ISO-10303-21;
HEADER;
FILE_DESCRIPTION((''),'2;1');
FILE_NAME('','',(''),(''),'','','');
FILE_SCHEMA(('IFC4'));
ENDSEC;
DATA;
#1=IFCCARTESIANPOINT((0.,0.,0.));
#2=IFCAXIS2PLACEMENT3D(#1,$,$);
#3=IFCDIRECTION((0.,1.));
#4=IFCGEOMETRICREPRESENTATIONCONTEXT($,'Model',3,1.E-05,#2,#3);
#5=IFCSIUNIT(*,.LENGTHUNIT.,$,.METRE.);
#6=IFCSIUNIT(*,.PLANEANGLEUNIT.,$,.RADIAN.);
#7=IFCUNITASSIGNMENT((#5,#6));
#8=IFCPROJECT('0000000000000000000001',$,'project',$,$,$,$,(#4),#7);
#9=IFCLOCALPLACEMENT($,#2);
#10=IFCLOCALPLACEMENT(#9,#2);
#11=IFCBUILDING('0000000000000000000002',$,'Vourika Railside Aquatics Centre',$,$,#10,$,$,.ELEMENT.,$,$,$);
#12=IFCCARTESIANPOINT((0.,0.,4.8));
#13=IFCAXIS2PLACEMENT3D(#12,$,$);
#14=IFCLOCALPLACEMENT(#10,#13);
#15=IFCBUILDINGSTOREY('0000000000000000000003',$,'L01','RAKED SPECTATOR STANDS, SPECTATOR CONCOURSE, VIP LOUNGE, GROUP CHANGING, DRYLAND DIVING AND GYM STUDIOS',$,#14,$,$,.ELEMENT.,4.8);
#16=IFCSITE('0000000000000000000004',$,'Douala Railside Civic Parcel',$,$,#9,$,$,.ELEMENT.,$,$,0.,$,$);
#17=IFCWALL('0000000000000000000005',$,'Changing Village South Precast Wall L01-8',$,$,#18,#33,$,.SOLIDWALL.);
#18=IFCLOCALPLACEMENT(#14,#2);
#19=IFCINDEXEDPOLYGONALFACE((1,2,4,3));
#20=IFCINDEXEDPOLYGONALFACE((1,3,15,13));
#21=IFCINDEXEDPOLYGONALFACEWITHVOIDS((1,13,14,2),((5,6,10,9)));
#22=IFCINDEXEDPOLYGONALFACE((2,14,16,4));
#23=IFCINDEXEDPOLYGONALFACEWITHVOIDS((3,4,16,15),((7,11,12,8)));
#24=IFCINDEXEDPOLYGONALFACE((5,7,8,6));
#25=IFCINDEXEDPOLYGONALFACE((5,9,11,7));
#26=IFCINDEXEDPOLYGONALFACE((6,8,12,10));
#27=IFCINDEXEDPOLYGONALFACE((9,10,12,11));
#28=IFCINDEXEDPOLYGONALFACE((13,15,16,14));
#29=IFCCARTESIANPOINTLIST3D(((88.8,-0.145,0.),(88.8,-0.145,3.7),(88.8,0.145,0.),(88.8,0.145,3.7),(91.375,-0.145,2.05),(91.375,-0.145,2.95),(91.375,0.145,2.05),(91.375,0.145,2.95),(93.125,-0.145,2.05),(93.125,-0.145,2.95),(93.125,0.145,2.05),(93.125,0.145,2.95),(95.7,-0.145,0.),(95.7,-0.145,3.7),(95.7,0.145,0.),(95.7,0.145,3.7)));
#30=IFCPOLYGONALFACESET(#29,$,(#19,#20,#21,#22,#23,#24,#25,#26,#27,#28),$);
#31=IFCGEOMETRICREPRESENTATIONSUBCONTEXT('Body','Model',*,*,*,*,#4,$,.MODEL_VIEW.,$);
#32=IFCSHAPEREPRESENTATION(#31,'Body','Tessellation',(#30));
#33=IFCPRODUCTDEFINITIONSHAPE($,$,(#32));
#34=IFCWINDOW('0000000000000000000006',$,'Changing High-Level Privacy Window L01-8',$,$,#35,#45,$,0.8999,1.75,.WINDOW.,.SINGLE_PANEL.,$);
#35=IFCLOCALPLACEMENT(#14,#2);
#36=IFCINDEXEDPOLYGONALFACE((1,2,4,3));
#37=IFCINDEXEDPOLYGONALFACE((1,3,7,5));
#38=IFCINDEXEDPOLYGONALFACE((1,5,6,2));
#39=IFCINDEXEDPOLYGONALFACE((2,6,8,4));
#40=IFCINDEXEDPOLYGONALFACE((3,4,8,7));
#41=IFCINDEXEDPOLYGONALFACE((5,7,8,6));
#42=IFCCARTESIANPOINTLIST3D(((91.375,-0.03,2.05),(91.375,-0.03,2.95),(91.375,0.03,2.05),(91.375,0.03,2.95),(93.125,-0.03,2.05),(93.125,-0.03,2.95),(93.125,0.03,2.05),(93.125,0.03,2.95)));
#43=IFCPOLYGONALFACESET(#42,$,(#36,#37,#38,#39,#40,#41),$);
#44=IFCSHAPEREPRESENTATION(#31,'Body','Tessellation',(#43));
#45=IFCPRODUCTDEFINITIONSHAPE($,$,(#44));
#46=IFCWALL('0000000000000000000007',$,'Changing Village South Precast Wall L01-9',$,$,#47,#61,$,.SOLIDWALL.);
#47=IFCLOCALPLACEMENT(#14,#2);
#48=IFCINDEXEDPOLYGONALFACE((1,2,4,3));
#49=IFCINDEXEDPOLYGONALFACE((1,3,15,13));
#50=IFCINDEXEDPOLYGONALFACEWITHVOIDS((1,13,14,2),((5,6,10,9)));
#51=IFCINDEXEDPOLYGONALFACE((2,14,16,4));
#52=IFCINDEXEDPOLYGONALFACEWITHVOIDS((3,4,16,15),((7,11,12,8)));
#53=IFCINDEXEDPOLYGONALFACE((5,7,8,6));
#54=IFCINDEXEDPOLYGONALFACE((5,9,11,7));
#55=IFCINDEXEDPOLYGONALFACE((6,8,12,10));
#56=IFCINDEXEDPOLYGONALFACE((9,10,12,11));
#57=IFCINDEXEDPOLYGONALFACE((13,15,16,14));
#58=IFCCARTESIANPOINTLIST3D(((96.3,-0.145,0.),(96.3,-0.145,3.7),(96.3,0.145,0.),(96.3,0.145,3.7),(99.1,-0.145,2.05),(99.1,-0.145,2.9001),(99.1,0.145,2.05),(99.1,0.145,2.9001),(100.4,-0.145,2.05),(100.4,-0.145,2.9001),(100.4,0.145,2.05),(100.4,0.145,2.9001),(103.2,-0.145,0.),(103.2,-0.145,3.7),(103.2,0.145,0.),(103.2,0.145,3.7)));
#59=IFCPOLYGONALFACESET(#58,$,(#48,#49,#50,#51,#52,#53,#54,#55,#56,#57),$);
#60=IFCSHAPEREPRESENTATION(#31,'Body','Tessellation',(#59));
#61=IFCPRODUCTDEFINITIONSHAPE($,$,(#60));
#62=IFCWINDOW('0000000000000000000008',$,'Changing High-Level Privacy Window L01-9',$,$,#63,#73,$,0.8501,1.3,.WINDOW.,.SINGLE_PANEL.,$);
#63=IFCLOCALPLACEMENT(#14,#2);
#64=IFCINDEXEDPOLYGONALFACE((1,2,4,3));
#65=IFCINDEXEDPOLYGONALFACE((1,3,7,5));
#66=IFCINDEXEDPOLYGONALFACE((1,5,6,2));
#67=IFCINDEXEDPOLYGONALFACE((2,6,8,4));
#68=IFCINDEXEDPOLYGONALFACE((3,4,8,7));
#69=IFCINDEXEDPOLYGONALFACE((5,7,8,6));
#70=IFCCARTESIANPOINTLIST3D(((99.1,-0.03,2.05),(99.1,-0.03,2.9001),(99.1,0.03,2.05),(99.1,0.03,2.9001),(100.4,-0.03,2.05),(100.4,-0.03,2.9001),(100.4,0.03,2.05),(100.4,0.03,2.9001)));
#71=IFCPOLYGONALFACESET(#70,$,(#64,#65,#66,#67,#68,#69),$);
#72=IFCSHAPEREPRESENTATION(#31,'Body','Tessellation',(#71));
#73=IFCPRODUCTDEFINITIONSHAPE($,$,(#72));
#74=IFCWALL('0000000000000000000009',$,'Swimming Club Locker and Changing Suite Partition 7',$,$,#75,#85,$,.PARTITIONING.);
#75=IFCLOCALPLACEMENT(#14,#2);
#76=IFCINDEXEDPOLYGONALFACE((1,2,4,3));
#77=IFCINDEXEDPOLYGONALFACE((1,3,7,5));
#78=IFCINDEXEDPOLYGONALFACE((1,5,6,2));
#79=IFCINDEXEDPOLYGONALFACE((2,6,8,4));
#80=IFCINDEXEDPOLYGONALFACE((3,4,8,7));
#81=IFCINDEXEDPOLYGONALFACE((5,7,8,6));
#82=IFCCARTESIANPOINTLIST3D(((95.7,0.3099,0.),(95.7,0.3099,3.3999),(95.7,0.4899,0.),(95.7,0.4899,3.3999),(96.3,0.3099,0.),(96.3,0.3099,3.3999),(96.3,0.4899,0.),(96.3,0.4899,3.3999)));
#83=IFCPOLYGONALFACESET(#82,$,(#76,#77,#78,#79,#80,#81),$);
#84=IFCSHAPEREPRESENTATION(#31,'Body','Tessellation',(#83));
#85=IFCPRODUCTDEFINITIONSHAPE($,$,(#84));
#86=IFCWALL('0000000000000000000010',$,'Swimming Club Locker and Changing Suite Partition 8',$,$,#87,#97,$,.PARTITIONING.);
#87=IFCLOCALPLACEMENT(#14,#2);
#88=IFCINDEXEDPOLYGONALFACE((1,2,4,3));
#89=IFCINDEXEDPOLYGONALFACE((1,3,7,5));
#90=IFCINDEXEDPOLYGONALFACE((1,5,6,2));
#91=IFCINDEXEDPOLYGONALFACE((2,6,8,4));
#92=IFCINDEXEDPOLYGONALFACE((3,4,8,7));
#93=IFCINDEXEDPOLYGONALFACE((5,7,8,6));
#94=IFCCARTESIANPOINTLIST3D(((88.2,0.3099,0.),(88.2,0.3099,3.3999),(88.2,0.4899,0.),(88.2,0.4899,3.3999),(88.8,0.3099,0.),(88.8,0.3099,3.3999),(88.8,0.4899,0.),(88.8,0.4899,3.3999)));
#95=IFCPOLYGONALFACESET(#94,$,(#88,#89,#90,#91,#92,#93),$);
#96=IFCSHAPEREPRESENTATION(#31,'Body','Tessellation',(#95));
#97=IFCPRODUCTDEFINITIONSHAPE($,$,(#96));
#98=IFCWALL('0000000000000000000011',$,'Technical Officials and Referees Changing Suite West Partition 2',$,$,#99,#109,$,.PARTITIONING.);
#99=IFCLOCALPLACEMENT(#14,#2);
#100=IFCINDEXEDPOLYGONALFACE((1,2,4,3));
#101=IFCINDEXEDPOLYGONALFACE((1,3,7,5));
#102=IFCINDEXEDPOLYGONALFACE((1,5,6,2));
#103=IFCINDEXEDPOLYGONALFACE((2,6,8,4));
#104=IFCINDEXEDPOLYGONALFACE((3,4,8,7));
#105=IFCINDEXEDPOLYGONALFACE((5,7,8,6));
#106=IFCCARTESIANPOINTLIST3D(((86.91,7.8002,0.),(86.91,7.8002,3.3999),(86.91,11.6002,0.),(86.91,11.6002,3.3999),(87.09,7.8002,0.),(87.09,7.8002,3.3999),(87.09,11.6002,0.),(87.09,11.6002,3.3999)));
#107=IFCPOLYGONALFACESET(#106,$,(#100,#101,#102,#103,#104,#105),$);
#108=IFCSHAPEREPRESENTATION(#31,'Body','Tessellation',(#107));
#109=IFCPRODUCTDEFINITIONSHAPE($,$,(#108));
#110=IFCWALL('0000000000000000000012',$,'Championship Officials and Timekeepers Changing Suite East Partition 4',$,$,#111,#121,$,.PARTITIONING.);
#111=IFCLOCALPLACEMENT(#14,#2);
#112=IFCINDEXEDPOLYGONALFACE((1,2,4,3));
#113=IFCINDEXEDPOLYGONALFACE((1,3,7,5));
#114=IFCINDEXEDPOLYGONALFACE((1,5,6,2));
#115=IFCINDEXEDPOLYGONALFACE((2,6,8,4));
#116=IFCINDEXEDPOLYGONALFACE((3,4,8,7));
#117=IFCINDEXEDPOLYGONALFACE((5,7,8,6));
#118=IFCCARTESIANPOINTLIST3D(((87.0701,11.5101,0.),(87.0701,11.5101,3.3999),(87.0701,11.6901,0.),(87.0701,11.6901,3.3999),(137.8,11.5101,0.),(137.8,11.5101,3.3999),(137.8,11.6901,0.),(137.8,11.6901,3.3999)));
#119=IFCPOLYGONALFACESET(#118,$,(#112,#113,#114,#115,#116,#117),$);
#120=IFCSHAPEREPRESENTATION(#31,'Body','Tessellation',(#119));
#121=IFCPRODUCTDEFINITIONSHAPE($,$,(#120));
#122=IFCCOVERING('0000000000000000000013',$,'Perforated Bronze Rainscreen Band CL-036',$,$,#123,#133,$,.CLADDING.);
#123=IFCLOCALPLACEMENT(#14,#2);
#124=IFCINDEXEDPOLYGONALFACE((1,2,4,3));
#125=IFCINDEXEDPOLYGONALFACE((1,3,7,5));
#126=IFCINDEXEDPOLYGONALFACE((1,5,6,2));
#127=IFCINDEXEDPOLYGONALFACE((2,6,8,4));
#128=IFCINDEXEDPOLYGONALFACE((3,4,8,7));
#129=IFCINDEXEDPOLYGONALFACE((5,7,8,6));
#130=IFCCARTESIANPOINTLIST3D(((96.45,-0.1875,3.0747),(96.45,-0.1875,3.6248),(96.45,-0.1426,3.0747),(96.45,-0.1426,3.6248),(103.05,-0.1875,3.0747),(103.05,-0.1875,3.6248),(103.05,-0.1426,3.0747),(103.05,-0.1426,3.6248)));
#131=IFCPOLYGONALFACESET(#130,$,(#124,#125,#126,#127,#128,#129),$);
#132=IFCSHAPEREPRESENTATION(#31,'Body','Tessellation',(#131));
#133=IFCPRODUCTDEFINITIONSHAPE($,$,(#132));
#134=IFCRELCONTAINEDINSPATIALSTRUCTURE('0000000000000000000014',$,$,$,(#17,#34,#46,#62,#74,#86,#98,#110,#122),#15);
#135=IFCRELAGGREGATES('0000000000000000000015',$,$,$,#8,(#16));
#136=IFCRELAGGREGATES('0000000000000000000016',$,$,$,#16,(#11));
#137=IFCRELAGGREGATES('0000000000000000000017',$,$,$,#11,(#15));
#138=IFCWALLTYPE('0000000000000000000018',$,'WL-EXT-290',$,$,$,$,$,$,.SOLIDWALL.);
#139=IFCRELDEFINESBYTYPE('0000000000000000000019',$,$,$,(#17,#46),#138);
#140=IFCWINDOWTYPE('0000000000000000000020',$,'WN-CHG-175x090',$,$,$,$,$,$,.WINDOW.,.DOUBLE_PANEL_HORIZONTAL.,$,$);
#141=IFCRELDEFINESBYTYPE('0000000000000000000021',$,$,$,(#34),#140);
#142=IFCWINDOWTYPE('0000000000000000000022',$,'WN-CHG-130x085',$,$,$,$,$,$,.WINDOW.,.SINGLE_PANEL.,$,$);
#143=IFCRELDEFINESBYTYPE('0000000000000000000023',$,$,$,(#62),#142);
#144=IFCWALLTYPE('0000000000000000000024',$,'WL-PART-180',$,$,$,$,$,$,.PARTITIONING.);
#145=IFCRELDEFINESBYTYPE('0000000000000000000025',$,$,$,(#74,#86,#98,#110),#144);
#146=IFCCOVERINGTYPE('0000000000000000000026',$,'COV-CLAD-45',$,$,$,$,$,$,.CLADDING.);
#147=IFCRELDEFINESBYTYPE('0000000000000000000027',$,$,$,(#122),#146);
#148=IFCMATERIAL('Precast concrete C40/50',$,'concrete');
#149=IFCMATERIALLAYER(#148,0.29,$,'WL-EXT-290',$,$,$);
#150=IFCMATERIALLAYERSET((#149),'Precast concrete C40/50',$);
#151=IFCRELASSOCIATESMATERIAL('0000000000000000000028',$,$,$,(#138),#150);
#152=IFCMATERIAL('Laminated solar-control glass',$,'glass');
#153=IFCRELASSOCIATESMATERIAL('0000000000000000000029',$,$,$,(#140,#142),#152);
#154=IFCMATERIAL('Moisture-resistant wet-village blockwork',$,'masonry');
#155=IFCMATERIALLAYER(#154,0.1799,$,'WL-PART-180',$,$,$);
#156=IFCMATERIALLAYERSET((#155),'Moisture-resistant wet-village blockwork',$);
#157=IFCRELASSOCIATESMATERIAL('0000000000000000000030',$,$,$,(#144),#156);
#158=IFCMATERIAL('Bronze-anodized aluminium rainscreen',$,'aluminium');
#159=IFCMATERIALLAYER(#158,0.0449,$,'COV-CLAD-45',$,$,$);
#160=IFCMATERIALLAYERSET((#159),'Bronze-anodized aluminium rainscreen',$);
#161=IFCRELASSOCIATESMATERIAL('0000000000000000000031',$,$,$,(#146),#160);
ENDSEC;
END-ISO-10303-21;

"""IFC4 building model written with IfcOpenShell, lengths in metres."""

from ifc_helpers import new_model, si_unit, direction, frame, frame_2d, origin, origin_2d, place, context, subcontext, project, spatial, rectangle, extrude, material, layer, layer_set, type_object, element, fill, save


model = new_model("IFC4")

# Units and contexts
model_context = context("Model", 3, precision=1e-05, world=origin(), true_north=direction((0.0, 1.0)))
body_context = subcontext(model_context, "Body", "Model", "MODEL_VIEW")
ifc_project = project(units=[si_unit("LENGTHUNIT", "METRE"), si_unit("PLANEANGLEUNIT", "RADIAN")], contexts=[model_context])

# Site, building, storey
site_placement = place(None, origin())
site = spatial("IfcSite", under=ifc_project, at=site_placement, Name="Douala Railside Civic Parcel", CompositionType="ELEMENT", RefElevation=0.0)
building_placement = place(site_placement, origin())
building = spatial("IfcBuilding", under=site, at=building_placement, Name="Vourika Railside Aquatics Centre", CompositionType="ELEMENT")
storey_placement = place(building_placement, frame((0.0, 0.0, 4.8)))
storey = spatial("IfcBuildingStorey", under=building, at=storey_placement, Name="L01", Description="RAKED SPECTATOR STANDS, SPECTATOR CONCOURSE, VIP LOUNGE, GROUP CHANGING, DRYLAND DIVING AND GYM STUDIOS", CompositionType="ELEMENT", Elevation=4.8)

# Walls, openings, windows
ifc_material_1 = material(Name="Precast concrete C40/50", Category="concrete")
ifc_layer_1 = layer(ifc_material_1, 0.29, Name="WL-EXT-290")
ifc_layer_set_1 = layer_set([ifc_layer_1], Name="Precast concrete C40/50")
wall_type_1 = type_object("IfcWallType", Name="WL-EXT-290", PredefinedType="SOLIDWALL", material=ifc_layer_set_1)
wall_1_placement = place(storey_placement, frame((88.8, 0.0, 0.0), z_axis=(0.0, 0.0, 1.0), x_axis=(1.0, 0.0, 0.0)))
wall_1 = element("IfcWall", 1, at=wall_1_placement, inside=storey, type_object=wall_type_1, Name="Changing Village South Precast Wall L01-8", PredefinedType="SOLIDWALL", context=body_context, shape_type="SweptSolid", body=[
    extrude(rectangle(XDim=6.8999, YDim=0.29, at=frame_2d((3.45, 0.0))), origin(), (0.0, 0.0, 1.0), 3.7),
])
opening_1_placement = place(wall_1_placement, frame((2.575, 0.0, 2.05)))
opening_1 = element("IfcOpeningElement", 2, at=opening_1_placement, cuts=wall_1, PredefinedType="OPENING", context=body_context, shape_type="SweptSolid", body=[
    extrude(rectangle(XDim=1.75, YDim=0.8999, at=frame_2d((0.875, 0.45))), frame((0.0, 0.155, 0.0), z_axis=(0.0, -1.0, 0.0), x_axis=(1.0, 0.0, 0.0)), (0.0, 0.0, 1.0), 0.3101),
])
ifc_material_2 = material(Name="Laminated solar-control glass", Category="glass")
window_type_1 = type_object("IfcWindowType", Name="WN-CHG-175x090", PartitioningType="DOUBLE_PANEL_HORIZONTAL", PredefinedType="WINDOW", material=ifc_material_2)
window_1_placement = place(opening_1_placement, origin())
window_1 = element("IfcWindow", 3, at=window_1_placement, inside=storey, type_object=window_type_1, Name="Changing High-Level Privacy Window L01-8", OverallHeight=0.8999, OverallWidth=1.75, PartitioningType="SINGLE_PANEL", PredefinedType="WINDOW", context=body_context, shape_type="SweptSolid", body=[
    extrude(rectangle(XDim=1.75, YDim=0.8999, at=frame_2d((0.875, 0.45))), frame((0.0, 0.03, 0.0), z_axis=(0.0, -1.0, 0.0), x_axis=(1.0, 0.0, 0.0)), (0.0, 0.0, 1.0), 0.0601),
])
fill(opening_1, window_1)
wall_2_placement = place(storey_placement, frame((96.3, 0.0, 0.0), z_axis=(0.0, 0.0, 1.0), x_axis=(1.0, 0.0, 0.0)))
wall_2 = element("IfcWall", 4, at=wall_2_placement, inside=storey, type_object=wall_type_1, Name="Changing Village South Precast Wall L01-9", PredefinedType="SOLIDWALL", context=body_context, shape_type="SweptSolid", body=[
    extrude(rectangle(XDim=6.8999, YDim=0.29, at=frame_2d((3.45, 0.0))), origin(), (0.0, 0.0, 1.0), 3.7),
])
opening_2_placement = place(wall_2_placement, frame((2.8, 0.0, 2.05)))
opening_2 = element("IfcOpeningElement", 5, at=opening_2_placement, cuts=wall_2, PredefinedType="OPENING", context=body_context, shape_type="SweptSolid", body=[
    extrude(rectangle(XDim=1.3, YDim=0.8501, at=frame_2d((0.6499, 0.425))), frame((0.0, 0.155, 0.0), z_axis=(0.0, -1.0, 0.0), x_axis=(1.0, 0.0, 0.0)), (0.0, 0.0, 1.0), 0.3101),
])
window_type_2 = type_object("IfcWindowType", Name="WN-CHG-130x085", PartitioningType="SINGLE_PANEL", PredefinedType="WINDOW", material=ifc_material_2)
window_2_placement = place(opening_2_placement, origin())
window_2 = element("IfcWindow", 6, at=window_2_placement, inside=storey, type_object=window_type_2, Name="Changing High-Level Privacy Window L01-9", OverallHeight=0.8501, OverallWidth=1.3, PartitioningType="SINGLE_PANEL", PredefinedType="WINDOW", context=body_context, shape_type="SweptSolid", body=[
    extrude(rectangle(XDim=1.3, YDim=0.8501, at=frame_2d((0.6499, 0.425))), frame((0.0, 0.03, 0.0), z_axis=(0.0, -1.0, 0.0), x_axis=(1.0, 0.0, 0.0)), (0.0, 0.0, 1.0), 0.0601),
])
fill(opening_2, window_2)

# Walls
ifc_material_3 = material(Name="Moisture-resistant wet-village blockwork", Category="masonry")
ifc_layer_2 = layer(ifc_material_3, 0.1799, Name="WL-PART-180")
ifc_layer_set_2 = layer_set([ifc_layer_2], Name="Moisture-resistant wet-village blockwork")
wall_type_2 = type_object("IfcWallType", Name="WL-PART-180", PredefinedType="PARTITIONING", material=ifc_layer_set_2)
for number, where, z_axis, x_axis, name in (
    (7, (96.3, 0.3999, 0.0), (0.0, 0.0, 1.0), (-1.0, 0.0, 0.0), "Swimming Club Locker and Changing Suite Partition 7"),
    (8, (88.8, 0.3999, 0.0), (0.0, 0.0, 1.0), (-1.0, 0.0, 0.0), "Swimming Club Locker and Changing Suite Partition 8"),
):
    element("IfcWall", number, at=place(storey_placement, frame(where, z_axis=z_axis, x_axis=x_axis)), inside=storey, type_object=wall_type_2, Name=name, PredefinedType="PARTITIONING", context=body_context, shape_type="SweptSolid", body=[
        extrude(rectangle(XDim=0.6001, YDim=0.1799, at=frame_2d((0.3, 0.0))), origin(), (0.0, 0.0, 1.0), 3.3999),
    ])
wall_3_placement = place(storey_placement, frame((87.0, 11.6001, 0.0), z_axis=(0.0, 0.0, 1.0), x_axis=(0.0, -1.0, 0.0)))
element("IfcWall", 9, at=wall_3_placement, inside=storey, type_object=wall_type_2, Name="Technical Officials and Referees Changing Suite West Partition 2", PredefinedType="PARTITIONING", context=body_context, shape_type="SweptSolid", body=[
    extrude(rectangle(XDim=3.8, YDim=0.1799, at=frame_2d((1.8999, 0.0))), origin(), (0.0, 0.0, 1.0), 3.3999),
])
wall_4_placement = place(storey_placement, frame((87.0701, 11.6001, 0.0), z_axis=(0.0, 0.0, 1.0), x_axis=(1.0, 0.0, 0.0)))
element("IfcWall", 10, at=wall_4_placement, inside=storey, type_object=wall_type_2, Name="Championship Officials and Timekeepers Changing Suite East Partition 4", PredefinedType="PARTITIONING", context=body_context, shape_type="SweptSolid", body=[
    extrude(rectangle(XDim=50.73, YDim=0.1799, at=frame_2d((25.365, 0.0))), origin(), (0.0, 0.0, 1.0), 3.3999),
])

# Covering
ifc_material_4 = material(Name="Bronze-anodized aluminium rainscreen", Category="aluminium")
ifc_layer_3 = layer(ifc_material_4, 0.0449, Name="COV-CLAD-45")
ifc_layer_set_3 = layer_set([ifc_layer_3], Name="Bronze-anodized aluminium rainscreen")
covering_type = type_object("IfcCoveringType", Name="COV-CLAD-45", PredefinedType="CLADDING", material=ifc_layer_set_3)
covering_placement = place(storey_placement, frame((99.75, -0.165, 3.0747), z_axis=(0.0, 0.0, 1.0), x_axis=(1.0, 0.0, 0.0)))
element("IfcCovering", 11, at=covering_placement, inside=storey, type_object=covering_type, Name="Perforated Bronze Rainscreen Band CL-036", PredefinedType="CLADDING", context=body_context, shape_type="SweptSolid", body=[
    extrude(rectangle(XDim=6.6001, YDim=0.0449, at=origin_2d()), origin(), (0.0, 0.0, 1.0), 0.55),
])

save(model, "model.ifc")
